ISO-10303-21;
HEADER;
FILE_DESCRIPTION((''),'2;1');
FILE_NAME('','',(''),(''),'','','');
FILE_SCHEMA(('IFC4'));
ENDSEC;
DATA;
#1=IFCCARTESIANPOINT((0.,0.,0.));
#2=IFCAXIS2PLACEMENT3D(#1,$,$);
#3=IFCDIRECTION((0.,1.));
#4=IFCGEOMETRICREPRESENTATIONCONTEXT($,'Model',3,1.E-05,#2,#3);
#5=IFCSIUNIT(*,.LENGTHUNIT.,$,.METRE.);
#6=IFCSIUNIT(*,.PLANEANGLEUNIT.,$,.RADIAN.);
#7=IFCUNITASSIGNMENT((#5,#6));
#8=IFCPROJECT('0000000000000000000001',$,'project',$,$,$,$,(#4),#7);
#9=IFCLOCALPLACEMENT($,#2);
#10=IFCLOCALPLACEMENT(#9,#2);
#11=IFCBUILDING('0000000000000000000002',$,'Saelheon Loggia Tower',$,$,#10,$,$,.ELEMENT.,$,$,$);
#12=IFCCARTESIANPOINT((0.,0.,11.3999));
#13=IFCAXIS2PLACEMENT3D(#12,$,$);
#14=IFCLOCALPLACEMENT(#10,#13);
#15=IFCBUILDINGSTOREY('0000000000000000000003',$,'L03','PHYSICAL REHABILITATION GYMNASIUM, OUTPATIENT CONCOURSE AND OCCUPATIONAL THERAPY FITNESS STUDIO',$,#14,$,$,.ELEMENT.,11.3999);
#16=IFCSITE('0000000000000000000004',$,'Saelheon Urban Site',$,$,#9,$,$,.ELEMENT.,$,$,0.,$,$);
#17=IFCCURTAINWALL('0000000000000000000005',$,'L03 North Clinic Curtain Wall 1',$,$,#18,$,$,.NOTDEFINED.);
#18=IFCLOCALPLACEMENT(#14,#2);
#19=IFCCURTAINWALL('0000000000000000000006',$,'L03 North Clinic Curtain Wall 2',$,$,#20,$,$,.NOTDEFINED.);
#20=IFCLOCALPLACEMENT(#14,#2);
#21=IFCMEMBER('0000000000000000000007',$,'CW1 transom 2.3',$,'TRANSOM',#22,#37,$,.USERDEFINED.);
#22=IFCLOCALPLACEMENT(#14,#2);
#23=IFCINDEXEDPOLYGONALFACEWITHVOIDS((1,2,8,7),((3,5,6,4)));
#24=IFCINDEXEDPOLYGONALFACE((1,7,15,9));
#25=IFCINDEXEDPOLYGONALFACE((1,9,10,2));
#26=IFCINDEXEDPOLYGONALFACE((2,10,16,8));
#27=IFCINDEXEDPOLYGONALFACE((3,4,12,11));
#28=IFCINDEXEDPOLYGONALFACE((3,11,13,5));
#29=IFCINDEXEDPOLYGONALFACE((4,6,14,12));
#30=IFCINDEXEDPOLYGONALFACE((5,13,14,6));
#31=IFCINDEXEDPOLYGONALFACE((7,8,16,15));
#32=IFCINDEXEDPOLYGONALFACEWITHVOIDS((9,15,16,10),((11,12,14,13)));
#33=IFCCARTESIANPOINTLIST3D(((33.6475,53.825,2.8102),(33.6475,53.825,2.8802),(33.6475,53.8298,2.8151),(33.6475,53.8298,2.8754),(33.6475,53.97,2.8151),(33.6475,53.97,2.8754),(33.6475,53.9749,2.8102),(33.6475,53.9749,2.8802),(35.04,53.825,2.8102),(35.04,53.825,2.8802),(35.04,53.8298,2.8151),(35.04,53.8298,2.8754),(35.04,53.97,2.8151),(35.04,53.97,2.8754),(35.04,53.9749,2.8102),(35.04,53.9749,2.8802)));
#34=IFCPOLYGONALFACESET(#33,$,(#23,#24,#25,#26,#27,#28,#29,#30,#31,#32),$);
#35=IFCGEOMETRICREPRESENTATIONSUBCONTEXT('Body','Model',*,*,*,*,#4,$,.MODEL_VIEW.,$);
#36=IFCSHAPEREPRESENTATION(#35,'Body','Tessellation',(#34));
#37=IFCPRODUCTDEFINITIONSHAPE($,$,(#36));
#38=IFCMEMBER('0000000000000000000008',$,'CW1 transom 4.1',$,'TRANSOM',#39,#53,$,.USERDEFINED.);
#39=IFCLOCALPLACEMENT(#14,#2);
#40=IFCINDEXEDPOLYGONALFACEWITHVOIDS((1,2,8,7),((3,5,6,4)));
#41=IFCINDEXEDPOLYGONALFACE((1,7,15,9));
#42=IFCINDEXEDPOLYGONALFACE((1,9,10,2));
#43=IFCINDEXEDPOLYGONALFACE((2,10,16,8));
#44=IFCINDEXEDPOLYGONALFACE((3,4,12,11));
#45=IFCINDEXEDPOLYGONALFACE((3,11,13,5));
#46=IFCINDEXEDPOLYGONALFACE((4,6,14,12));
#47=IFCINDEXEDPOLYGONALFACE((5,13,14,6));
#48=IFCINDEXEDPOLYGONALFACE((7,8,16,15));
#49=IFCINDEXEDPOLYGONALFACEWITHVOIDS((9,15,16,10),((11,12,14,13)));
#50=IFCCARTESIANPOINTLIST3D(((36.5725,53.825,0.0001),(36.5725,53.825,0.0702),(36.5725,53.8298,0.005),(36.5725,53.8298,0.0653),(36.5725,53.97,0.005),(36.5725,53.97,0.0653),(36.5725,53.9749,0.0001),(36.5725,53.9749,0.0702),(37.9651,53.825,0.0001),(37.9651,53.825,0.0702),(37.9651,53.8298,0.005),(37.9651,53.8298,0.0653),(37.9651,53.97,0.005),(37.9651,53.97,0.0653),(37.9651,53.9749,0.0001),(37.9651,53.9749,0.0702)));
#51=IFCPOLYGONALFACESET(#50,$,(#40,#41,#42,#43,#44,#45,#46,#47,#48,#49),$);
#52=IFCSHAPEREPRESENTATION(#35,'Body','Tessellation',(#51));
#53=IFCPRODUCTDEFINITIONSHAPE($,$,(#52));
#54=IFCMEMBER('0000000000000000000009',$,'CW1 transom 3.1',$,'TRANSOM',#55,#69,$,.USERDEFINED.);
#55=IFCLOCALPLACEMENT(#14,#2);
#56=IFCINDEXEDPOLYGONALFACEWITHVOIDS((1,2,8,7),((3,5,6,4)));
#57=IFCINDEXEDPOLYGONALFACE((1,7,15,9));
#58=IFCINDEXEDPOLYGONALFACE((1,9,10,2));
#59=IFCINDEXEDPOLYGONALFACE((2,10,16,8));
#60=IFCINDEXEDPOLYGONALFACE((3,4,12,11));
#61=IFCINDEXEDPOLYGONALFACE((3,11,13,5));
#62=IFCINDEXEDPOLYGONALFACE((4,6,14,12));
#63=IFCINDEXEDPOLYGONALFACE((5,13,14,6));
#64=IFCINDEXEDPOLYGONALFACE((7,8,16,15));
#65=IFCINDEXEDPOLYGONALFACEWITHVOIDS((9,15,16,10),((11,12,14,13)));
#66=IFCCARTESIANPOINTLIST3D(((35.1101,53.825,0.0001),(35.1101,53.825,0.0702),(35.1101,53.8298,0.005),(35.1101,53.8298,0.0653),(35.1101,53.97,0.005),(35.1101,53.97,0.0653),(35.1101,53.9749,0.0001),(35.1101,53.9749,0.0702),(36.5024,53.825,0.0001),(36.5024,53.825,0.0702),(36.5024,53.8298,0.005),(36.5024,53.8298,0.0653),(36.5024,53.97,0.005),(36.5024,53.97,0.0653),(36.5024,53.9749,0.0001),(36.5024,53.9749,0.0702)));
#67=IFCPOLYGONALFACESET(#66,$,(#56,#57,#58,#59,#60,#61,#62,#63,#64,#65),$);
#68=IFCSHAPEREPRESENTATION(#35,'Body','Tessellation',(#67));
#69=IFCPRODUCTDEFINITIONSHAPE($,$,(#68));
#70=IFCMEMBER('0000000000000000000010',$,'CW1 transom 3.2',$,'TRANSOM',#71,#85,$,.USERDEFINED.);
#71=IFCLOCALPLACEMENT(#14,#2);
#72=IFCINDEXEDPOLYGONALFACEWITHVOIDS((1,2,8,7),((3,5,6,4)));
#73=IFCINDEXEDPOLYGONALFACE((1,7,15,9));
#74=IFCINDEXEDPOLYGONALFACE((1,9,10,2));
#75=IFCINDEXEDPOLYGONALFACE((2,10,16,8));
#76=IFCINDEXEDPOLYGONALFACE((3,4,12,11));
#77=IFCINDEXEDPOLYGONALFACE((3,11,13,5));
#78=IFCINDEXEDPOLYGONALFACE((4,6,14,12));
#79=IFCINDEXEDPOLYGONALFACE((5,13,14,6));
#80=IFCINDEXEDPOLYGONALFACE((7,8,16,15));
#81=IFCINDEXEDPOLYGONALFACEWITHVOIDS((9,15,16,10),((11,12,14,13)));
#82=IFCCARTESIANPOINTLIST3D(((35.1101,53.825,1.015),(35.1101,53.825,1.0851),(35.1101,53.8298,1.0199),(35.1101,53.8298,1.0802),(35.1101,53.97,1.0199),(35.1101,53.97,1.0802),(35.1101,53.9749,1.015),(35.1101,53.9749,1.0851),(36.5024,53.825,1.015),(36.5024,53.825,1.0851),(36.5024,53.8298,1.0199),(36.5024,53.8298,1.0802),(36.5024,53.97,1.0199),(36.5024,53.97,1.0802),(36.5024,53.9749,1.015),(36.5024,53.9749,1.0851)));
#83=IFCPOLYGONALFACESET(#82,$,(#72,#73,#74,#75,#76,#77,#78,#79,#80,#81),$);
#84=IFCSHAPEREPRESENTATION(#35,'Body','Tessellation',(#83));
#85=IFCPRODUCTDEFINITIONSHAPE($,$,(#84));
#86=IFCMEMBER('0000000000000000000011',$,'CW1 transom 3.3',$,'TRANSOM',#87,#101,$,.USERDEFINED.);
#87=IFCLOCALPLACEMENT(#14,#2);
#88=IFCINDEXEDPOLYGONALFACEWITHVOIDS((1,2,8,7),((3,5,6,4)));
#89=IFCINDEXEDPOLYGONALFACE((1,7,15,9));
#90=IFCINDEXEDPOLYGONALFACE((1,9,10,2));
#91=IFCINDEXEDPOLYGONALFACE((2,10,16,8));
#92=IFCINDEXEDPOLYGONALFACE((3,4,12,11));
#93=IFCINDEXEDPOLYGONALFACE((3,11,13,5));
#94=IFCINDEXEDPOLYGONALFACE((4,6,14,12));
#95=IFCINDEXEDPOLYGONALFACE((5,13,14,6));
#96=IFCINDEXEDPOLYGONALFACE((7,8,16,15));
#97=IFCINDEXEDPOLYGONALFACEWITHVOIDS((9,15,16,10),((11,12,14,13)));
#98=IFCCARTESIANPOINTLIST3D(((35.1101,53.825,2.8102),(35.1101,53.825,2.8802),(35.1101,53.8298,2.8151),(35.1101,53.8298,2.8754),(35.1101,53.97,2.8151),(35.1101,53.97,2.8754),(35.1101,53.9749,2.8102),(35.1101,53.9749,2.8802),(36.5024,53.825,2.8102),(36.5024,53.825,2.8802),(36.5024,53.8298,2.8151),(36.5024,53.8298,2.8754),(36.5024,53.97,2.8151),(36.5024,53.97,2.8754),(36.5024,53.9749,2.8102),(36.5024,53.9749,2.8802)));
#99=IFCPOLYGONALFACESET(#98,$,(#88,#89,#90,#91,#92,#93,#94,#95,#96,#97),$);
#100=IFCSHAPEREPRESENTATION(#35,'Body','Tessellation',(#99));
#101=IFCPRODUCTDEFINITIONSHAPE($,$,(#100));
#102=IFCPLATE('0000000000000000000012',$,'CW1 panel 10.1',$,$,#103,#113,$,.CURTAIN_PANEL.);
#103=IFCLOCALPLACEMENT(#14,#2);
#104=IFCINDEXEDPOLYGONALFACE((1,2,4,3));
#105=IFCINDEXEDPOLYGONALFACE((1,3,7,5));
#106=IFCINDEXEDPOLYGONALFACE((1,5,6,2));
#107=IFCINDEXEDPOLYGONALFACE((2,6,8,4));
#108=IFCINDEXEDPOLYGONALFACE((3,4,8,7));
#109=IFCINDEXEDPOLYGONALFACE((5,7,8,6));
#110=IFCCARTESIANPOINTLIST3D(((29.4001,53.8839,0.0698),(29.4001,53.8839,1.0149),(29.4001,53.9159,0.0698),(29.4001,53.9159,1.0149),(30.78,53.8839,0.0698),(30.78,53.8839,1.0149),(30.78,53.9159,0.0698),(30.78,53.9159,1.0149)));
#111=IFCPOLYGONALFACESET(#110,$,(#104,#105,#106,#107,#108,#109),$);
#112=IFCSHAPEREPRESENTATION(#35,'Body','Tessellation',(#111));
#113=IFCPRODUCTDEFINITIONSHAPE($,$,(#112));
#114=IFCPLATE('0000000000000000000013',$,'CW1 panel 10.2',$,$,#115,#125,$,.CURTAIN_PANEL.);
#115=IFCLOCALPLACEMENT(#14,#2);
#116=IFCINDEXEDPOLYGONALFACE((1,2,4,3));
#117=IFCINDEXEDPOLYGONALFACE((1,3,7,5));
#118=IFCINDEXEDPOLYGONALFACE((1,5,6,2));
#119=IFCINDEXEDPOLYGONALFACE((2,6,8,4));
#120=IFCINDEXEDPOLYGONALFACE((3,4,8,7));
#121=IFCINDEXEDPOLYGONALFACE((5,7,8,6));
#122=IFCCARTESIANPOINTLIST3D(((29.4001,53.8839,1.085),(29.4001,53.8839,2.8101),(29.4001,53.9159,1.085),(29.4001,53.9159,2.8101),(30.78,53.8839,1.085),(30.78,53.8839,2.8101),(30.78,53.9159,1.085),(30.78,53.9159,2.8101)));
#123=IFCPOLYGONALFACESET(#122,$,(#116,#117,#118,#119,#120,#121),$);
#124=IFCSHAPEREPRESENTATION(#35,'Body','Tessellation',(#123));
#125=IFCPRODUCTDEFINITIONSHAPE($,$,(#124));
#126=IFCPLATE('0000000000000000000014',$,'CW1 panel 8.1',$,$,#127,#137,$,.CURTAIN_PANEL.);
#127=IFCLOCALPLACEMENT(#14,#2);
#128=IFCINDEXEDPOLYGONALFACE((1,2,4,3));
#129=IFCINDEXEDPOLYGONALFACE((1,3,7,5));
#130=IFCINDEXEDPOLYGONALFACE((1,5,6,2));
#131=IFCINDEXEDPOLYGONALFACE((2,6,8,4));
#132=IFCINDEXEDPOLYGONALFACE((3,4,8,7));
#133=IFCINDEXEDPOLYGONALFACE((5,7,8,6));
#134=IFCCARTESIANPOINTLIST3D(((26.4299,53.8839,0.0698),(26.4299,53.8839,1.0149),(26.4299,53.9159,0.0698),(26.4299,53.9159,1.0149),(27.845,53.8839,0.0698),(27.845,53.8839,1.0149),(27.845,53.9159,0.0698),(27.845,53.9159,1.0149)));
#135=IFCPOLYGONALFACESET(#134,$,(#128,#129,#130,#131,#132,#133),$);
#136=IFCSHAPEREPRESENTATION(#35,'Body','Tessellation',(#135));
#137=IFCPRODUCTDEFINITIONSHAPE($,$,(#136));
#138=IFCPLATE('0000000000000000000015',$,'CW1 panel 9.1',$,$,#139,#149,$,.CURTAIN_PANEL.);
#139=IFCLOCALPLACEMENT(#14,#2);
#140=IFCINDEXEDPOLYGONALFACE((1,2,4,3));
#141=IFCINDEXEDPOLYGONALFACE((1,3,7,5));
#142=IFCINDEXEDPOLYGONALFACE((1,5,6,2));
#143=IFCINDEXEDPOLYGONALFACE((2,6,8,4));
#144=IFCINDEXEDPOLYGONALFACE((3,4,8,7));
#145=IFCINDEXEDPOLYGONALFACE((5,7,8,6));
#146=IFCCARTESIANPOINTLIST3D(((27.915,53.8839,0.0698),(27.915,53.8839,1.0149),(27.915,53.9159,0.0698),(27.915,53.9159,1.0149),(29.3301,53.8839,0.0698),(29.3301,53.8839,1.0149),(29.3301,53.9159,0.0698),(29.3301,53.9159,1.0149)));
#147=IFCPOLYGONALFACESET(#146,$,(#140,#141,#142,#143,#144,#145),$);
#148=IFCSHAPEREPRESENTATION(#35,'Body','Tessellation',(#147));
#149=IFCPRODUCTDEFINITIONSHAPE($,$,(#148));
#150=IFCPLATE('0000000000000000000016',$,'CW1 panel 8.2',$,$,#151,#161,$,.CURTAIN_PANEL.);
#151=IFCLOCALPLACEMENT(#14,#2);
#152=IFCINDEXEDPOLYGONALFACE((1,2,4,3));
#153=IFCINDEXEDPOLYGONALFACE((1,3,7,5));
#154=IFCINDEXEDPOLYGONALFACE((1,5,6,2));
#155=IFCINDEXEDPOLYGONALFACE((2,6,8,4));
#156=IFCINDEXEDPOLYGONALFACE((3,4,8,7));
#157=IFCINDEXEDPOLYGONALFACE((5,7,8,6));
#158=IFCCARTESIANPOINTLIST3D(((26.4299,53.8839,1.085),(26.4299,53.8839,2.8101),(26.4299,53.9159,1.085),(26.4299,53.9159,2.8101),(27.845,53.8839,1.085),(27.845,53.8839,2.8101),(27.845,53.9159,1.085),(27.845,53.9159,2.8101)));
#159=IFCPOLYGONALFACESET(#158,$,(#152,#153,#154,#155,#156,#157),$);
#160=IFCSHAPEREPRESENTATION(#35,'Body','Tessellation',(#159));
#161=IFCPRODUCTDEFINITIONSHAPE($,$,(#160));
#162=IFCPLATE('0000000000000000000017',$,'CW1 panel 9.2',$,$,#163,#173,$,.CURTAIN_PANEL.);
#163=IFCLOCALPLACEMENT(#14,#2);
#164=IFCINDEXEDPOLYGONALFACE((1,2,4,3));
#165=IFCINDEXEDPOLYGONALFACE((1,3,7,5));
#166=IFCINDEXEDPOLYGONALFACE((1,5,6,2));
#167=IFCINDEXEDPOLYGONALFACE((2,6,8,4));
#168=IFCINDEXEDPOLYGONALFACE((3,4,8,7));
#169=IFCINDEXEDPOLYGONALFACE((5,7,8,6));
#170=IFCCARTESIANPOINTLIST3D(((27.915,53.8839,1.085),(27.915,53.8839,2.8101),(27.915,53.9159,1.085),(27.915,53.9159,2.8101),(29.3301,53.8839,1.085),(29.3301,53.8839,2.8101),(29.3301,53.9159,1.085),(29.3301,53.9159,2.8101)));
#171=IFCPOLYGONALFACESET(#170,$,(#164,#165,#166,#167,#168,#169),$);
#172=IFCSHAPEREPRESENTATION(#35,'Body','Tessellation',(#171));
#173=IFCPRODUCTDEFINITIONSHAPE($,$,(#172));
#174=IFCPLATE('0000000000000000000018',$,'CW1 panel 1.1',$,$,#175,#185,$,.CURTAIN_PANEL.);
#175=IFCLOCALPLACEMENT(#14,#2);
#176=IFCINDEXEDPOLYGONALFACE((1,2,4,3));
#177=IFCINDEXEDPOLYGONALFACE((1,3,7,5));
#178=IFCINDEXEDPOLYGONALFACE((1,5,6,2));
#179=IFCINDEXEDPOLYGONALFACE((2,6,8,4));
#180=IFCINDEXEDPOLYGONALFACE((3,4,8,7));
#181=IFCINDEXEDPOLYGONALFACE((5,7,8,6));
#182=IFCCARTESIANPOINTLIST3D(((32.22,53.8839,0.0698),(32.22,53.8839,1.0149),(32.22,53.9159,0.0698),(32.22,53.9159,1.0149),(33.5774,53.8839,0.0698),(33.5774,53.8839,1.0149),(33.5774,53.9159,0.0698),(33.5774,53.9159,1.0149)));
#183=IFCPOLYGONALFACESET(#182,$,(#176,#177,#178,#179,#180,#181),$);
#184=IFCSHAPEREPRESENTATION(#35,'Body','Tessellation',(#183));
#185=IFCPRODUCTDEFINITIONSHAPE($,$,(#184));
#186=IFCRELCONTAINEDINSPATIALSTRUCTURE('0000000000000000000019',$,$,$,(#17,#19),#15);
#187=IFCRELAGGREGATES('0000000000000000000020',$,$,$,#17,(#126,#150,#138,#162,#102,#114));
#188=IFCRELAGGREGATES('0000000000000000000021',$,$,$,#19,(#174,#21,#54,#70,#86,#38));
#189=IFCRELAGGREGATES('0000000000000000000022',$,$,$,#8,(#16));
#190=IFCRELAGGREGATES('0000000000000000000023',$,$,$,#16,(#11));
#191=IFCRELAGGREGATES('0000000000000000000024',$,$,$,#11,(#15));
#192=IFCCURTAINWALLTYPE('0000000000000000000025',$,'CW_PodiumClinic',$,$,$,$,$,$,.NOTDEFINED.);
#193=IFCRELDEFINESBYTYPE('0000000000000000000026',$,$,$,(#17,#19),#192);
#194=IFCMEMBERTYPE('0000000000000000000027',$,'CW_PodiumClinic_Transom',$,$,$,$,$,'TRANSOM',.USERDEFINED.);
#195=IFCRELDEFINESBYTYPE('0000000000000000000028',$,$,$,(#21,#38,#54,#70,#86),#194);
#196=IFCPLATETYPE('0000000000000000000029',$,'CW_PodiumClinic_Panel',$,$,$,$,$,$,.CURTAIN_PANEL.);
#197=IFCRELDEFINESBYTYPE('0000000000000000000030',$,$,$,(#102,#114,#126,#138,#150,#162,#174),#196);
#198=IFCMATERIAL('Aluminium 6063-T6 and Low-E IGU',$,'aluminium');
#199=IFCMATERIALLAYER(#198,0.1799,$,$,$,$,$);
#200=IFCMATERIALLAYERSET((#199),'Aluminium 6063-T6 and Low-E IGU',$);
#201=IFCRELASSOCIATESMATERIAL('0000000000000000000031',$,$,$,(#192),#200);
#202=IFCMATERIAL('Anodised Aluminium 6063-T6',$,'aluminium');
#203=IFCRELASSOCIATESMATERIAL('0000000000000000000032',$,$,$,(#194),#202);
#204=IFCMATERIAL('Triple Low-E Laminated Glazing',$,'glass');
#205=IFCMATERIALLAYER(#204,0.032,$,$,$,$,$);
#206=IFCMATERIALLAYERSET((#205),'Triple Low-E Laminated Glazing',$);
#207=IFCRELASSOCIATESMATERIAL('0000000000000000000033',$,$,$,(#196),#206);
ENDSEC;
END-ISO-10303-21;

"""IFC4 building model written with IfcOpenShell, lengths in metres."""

from ifc_helpers import new_model, si_unit, direction, frame, origin, origin_2d, place, context, subcontext, project, spatial, rectangle, hollow_rectangle, extrude, source, transform, mapped, material, layer, layer_set, material_profile, profile_set, type_object, element, aggregate, save


model = new_model("IFC4")

# Units and contexts
model_context = context("Model", 3, precision=1e-05, world=origin(), true_north=direction((0.0, 1.0)))
body_context = subcontext(model_context, "Body", "Model", "MODEL_VIEW")
ifc_project = project(units=[si_unit("LENGTHUNIT", "METRE"), si_unit("PLANEANGLEUNIT", "RADIAN")], contexts=[model_context])

# Site, building, storey
site_placement = place(None, origin())
site = spatial("IfcSite", under=ifc_project, at=site_placement, Name="Saelheon Urban Site", CompositionType="ELEMENT", RefElevation=0.0)
building_placement = place(site_placement, origin())
building = spatial("IfcBuilding", under=site, at=building_placement, Name="Saelheon Loggia Tower", CompositionType="ELEMENT")
storey_placement = place(building_placement, frame((0.0, 0.0, 11.3999)))
storey = spatial("IfcBuildingStorey", under=building, at=storey_placement, Name="L03", Description="PHYSICAL REHABILITATION GYMNASIUM, OUTPATIENT CONCOURSE AND OCCUPATIONAL THERAPY FITNESS STUDIO", CompositionType="ELEMENT", Elevation=11.3999)

# Curtain walls
ifc_material_1 = material(Name="Aluminium 6063-T6 and Low-E IGU", Category="aluminium")
ifc_layer_1 = layer(ifc_material_1, 0.1799)
ifc_layer_set_1 = layer_set([ifc_layer_1], Name="Aluminium 6063-T6 and Low-E IGU")
curtain_wall_type = type_object("IfcCurtainWallType", Name="CW_PodiumClinic", PredefinedType="NOTDEFINED", material=ifc_layer_set_1)
curtain_wall_1_placement = place(storey_placement, origin())
curtain_wall_1 = element("IfcCurtainWall", 1, at=curtain_wall_1_placement, inside=storey, type_object=curtain_wall_type, Name="L03 North Clinic Curtain Wall 1", PredefinedType="NOTDEFINED")
ifc_material_2 = material(Name="Anodised Aluminium 6063-T6", Category="aluminium")
curtain_wall_2_placement = place(storey_placement, origin())
curtain_wall_2 = element("IfcCurtainWall", 2, at=curtain_wall_2_placement, inside=storey, type_object=curtain_wall_type, Name="L03 North Clinic Curtain Wall 2", PredefinedType="NOTDEFINED")

# Members
ifc_material_profile_1 = material_profile(ifc_material_2, hollow_rectangle(XDim=0.0701, YDim=0.1499, WallThickness=0.0049, at=origin_2d()), Name="RHS-150x70x5")
ifc_profile_set_1 = profile_set([ifc_material_profile_1], Name="Anodised Aluminium 6063-T6")
member_type_1 = type_object("IfcMemberType", Name="CW_PodiumClinic_Transom", ElementType="TRANSOM", PredefinedType="USERDEFINED", material=ifc_profile_set_1)
shared_shape_1 = source(origin(), body_context, "Body", "SweptSolid", [
    extrude(hollow_rectangle(XDim=0.0701, YDim=0.1499, WallThickness=0.0049, at=origin_2d()), origin(), (0.0, 0.0, 1.0), 1.3926),
])
member_1_placement = place(storey_placement, frame((33.6475, 53.8999, 2.8452), z_axis=(1.0, 0.0, 0.0), x_axis=(0.0, 0.0, 1.0)))
member_1 = element("IfcMember", 3, at=member_1_placement, type_object=member_type_1, Name="CW1 transom 2.3", ObjectType="TRANSOM", PredefinedType="USERDEFINED", context=body_context, shape_type="MappedRepresentation", body=[
    mapped(shared_shape_1, transform((0.0, 0.0, 0.0), scale=1.0)),
])
member_2_placement = place(storey_placement, frame((36.5725, 53.8999, 0.0352), z_axis=(1.0, 0.0, 0.0), x_axis=(0.0, 0.0, 1.0)))
member_2 = element("IfcMember", 4, at=member_2_placement, type_object=member_type_1, Name="CW1 transom 4.1", ObjectType="TRANSOM", PredefinedType="USERDEFINED", context=body_context, shape_type="MappedRepresentation", body=[
    mapped(shared_shape_1, transform((0.0, 0.0, 0.0), scale=1.0)),
])
shared_shape_2 = source(origin(), body_context, "Body", "SweptSolid", [
    extrude(hollow_rectangle(XDim=0.0701, YDim=0.1499, WallThickness=0.0049, at=origin_2d()), origin(), (0.0, 0.0, 1.0), 1.3923),
])
member_3_placement = place(storey_placement, frame((35.1101, 53.8999, 0.0352), z_axis=(1.0, 0.0, 0.0), x_axis=(0.0, 0.0, 1.0)))
member_3 = element("IfcMember", 5, at=member_3_placement, type_object=member_type_1, Name="CW1 transom 3.1", ObjectType="TRANSOM", PredefinedType="USERDEFINED", context=body_context, shape_type="MappedRepresentation", body=[
    mapped(shared_shape_2, transform((0.0, 0.0, 0.0), scale=1.0)),
])
member_4_placement = place(storey_placement, frame((35.1101, 53.8999, 1.05), z_axis=(1.0, 0.0, 0.0), x_axis=(0.0, 0.0, 1.0)))
member_4 = element("IfcMember", 6, at=member_4_placement, type_object=member_type_1, Name="CW1 transom 3.2", ObjectType="TRANSOM", PredefinedType="USERDEFINED", context=body_context, shape_type="MappedRepresentation", body=[
    mapped(shared_shape_2, transform((0.0, 0.0, 0.0), scale=1.0)),
])
member_5_placement = place(storey_placement, frame((35.1101, 53.8999, 2.8452), z_axis=(1.0, 0.0, 0.0), x_axis=(0.0, 0.0, 1.0)))
member_5 = element("IfcMember", 7, at=member_5_placement, type_object=member_type_1, Name="CW1 transom 3.3", ObjectType="TRANSOM", PredefinedType="USERDEFINED", context=body_context, shape_type="MappedRepresentation", body=[
    mapped(shared_shape_2, transform((0.0, 0.0, 0.0), scale=1.0)),
])

# Plates
ifc_material_3 = material(Name="Triple Low-E Laminated Glazing", Category="glass")
ifc_layer_2 = layer(ifc_material_3, 0.032)
ifc_layer_set_2 = layer_set([ifc_layer_2], Name="Triple Low-E Laminated Glazing")
plate_type = type_object("IfcPlateType", Name="CW_PodiumClinic_Panel", PredefinedType="CURTAIN_PANEL", material=ifc_layer_set_2)
shared_shape_3 = source(origin(), body_context, "Body", "SweptSolid", [
    extrude(rectangle(XDim=1.3799, YDim=0.032, at=origin_2d()), origin(), (0.0, 0.0, 1.0), 0.9451),
])
plate_1_placement = place(storey_placement, frame((30.0901, 53.8999, 0.0698), z_axis=(0.0, 0.0, 1.0), x_axis=(1.0, 0.0, 0.0)))
plate_1 = element("IfcPlate", 8, at=plate_1_placement, type_object=plate_type, Name="CW1 panel 10.1", PredefinedType="CURTAIN_PANEL", context=body_context, shape_type="MappedRepresentation", body=[
    mapped(shared_shape_3, transform((0.0, 0.0, 0.0), scale=1.0)),
])
shared_shape_4 = source(origin(), body_context, "Body", "SweptSolid", [
    extrude(rectangle(XDim=1.3799, YDim=0.032, at=origin_2d()), origin(), (0.0, 0.0, 1.0), 1.7251),
])
plate_2_placement = place(storey_placement, frame((30.0901, 53.8999, 1.085), z_axis=(0.0, 0.0, 1.0), x_axis=(1.0, 0.0, 0.0)))
plate_2 = element("IfcPlate", 9, at=plate_2_placement, type_object=plate_type, Name="CW1 panel 10.2", PredefinedType="CURTAIN_PANEL", context=body_context, shape_type="MappedRepresentation", body=[
    mapped(shared_shape_4, transform((0.0, 0.0, 0.0), scale=1.0)),
])
shared_shape_5 = source(origin(), body_context, "Body", "SweptSolid", [
    extrude(rectangle(XDim=1.415, YDim=0.032, at=origin_2d()), origin(), (0.0, 0.0, 1.0), 0.9451),
])
plate_3_placement = place(storey_placement, frame((27.1375, 53.8999, 0.0698), z_axis=(0.0, 0.0, 1.0), x_axis=(1.0, 0.0, 0.0)))
plate_3 = element("IfcPlate", 10, at=plate_3_placement, type_object=plate_type, Name="CW1 panel 8.1", PredefinedType="CURTAIN_PANEL", context=body_context, shape_type="MappedRepresentation", body=[
    mapped(shared_shape_5, transform((0.0, 0.0, 0.0), scale=1.0)),
])
plate_4_placement = place(storey_placement, frame((28.6226, 53.8999, 0.0698), z_axis=(0.0, 0.0, 1.0), x_axis=(1.0, 0.0, 0.0)))
plate_4 = element("IfcPlate", 11, at=plate_4_placement, type_object=plate_type, Name="CW1 panel 9.1", PredefinedType="CURTAIN_PANEL", context=body_context, shape_type="MappedRepresentation", body=[
    mapped(shared_shape_5, transform((0.0, 0.0, 0.0), scale=1.0)),
])
shared_shape_6 = source(origin(), body_context, "Body", "SweptSolid", [
    extrude(rectangle(XDim=1.415, YDim=0.032, at=origin_2d()), origin(), (0.0, 0.0, 1.0), 1.7251),
])
plate_5_placement = place(storey_placement, frame((27.1375, 53.8999, 1.085), z_axis=(0.0, 0.0, 1.0), x_axis=(1.0, 0.0, 0.0)))
plate_5 = element("IfcPlate", 12, at=plate_5_placement, type_object=plate_type, Name="CW1 panel 8.2", PredefinedType="CURTAIN_PANEL", context=body_context, shape_type="MappedRepresentation", body=[
    mapped(shared_shape_6, transform((0.0, 0.0, 0.0), scale=1.0)),
])
plate_6_placement = place(storey_placement, frame((28.6226, 53.8999, 1.085), z_axis=(0.0, 0.0, 1.0), x_axis=(1.0, 0.0, 0.0)))
plate_6 = element("IfcPlate", 13, at=plate_6_placement, type_object=plate_type, Name="CW1 panel 9.2", PredefinedType="CURTAIN_PANEL", context=body_context, shape_type="MappedRepresentation", body=[
    mapped(shared_shape_6, transform((0.0, 0.0, 0.0), scale=1.0)),
])
aggregate(curtain_wall_1, [plate_3, plate_5, plate_4, plate_6, plate_1, plate_2])
shared_shape_7 = source(origin(), body_context, "Body", "SweptSolid", [
    extrude(rectangle(XDim=1.3574, YDim=0.032, at=origin_2d()), origin(), (0.0, 0.0, 1.0), 0.9451),
])
plate_7_placement = place(storey_placement, frame((32.8987, 53.8999, 0.0698), z_axis=(0.0, 0.0, 1.0), x_axis=(1.0, 0.0, 0.0)))
plate_7 = element("IfcPlate", 14, at=plate_7_placement, type_object=plate_type, Name="CW1 panel 1.1", PredefinedType="CURTAIN_PANEL", context=body_context, shape_type="MappedRepresentation", body=[
    mapped(shared_shape_7, transform((0.0, 0.0, 0.0), scale=1.0)),
])
aggregate(curtain_wall_2, [plate_7, member_1, member_3, member_4, member_5, member_2])

save(model, "model.ifc")
